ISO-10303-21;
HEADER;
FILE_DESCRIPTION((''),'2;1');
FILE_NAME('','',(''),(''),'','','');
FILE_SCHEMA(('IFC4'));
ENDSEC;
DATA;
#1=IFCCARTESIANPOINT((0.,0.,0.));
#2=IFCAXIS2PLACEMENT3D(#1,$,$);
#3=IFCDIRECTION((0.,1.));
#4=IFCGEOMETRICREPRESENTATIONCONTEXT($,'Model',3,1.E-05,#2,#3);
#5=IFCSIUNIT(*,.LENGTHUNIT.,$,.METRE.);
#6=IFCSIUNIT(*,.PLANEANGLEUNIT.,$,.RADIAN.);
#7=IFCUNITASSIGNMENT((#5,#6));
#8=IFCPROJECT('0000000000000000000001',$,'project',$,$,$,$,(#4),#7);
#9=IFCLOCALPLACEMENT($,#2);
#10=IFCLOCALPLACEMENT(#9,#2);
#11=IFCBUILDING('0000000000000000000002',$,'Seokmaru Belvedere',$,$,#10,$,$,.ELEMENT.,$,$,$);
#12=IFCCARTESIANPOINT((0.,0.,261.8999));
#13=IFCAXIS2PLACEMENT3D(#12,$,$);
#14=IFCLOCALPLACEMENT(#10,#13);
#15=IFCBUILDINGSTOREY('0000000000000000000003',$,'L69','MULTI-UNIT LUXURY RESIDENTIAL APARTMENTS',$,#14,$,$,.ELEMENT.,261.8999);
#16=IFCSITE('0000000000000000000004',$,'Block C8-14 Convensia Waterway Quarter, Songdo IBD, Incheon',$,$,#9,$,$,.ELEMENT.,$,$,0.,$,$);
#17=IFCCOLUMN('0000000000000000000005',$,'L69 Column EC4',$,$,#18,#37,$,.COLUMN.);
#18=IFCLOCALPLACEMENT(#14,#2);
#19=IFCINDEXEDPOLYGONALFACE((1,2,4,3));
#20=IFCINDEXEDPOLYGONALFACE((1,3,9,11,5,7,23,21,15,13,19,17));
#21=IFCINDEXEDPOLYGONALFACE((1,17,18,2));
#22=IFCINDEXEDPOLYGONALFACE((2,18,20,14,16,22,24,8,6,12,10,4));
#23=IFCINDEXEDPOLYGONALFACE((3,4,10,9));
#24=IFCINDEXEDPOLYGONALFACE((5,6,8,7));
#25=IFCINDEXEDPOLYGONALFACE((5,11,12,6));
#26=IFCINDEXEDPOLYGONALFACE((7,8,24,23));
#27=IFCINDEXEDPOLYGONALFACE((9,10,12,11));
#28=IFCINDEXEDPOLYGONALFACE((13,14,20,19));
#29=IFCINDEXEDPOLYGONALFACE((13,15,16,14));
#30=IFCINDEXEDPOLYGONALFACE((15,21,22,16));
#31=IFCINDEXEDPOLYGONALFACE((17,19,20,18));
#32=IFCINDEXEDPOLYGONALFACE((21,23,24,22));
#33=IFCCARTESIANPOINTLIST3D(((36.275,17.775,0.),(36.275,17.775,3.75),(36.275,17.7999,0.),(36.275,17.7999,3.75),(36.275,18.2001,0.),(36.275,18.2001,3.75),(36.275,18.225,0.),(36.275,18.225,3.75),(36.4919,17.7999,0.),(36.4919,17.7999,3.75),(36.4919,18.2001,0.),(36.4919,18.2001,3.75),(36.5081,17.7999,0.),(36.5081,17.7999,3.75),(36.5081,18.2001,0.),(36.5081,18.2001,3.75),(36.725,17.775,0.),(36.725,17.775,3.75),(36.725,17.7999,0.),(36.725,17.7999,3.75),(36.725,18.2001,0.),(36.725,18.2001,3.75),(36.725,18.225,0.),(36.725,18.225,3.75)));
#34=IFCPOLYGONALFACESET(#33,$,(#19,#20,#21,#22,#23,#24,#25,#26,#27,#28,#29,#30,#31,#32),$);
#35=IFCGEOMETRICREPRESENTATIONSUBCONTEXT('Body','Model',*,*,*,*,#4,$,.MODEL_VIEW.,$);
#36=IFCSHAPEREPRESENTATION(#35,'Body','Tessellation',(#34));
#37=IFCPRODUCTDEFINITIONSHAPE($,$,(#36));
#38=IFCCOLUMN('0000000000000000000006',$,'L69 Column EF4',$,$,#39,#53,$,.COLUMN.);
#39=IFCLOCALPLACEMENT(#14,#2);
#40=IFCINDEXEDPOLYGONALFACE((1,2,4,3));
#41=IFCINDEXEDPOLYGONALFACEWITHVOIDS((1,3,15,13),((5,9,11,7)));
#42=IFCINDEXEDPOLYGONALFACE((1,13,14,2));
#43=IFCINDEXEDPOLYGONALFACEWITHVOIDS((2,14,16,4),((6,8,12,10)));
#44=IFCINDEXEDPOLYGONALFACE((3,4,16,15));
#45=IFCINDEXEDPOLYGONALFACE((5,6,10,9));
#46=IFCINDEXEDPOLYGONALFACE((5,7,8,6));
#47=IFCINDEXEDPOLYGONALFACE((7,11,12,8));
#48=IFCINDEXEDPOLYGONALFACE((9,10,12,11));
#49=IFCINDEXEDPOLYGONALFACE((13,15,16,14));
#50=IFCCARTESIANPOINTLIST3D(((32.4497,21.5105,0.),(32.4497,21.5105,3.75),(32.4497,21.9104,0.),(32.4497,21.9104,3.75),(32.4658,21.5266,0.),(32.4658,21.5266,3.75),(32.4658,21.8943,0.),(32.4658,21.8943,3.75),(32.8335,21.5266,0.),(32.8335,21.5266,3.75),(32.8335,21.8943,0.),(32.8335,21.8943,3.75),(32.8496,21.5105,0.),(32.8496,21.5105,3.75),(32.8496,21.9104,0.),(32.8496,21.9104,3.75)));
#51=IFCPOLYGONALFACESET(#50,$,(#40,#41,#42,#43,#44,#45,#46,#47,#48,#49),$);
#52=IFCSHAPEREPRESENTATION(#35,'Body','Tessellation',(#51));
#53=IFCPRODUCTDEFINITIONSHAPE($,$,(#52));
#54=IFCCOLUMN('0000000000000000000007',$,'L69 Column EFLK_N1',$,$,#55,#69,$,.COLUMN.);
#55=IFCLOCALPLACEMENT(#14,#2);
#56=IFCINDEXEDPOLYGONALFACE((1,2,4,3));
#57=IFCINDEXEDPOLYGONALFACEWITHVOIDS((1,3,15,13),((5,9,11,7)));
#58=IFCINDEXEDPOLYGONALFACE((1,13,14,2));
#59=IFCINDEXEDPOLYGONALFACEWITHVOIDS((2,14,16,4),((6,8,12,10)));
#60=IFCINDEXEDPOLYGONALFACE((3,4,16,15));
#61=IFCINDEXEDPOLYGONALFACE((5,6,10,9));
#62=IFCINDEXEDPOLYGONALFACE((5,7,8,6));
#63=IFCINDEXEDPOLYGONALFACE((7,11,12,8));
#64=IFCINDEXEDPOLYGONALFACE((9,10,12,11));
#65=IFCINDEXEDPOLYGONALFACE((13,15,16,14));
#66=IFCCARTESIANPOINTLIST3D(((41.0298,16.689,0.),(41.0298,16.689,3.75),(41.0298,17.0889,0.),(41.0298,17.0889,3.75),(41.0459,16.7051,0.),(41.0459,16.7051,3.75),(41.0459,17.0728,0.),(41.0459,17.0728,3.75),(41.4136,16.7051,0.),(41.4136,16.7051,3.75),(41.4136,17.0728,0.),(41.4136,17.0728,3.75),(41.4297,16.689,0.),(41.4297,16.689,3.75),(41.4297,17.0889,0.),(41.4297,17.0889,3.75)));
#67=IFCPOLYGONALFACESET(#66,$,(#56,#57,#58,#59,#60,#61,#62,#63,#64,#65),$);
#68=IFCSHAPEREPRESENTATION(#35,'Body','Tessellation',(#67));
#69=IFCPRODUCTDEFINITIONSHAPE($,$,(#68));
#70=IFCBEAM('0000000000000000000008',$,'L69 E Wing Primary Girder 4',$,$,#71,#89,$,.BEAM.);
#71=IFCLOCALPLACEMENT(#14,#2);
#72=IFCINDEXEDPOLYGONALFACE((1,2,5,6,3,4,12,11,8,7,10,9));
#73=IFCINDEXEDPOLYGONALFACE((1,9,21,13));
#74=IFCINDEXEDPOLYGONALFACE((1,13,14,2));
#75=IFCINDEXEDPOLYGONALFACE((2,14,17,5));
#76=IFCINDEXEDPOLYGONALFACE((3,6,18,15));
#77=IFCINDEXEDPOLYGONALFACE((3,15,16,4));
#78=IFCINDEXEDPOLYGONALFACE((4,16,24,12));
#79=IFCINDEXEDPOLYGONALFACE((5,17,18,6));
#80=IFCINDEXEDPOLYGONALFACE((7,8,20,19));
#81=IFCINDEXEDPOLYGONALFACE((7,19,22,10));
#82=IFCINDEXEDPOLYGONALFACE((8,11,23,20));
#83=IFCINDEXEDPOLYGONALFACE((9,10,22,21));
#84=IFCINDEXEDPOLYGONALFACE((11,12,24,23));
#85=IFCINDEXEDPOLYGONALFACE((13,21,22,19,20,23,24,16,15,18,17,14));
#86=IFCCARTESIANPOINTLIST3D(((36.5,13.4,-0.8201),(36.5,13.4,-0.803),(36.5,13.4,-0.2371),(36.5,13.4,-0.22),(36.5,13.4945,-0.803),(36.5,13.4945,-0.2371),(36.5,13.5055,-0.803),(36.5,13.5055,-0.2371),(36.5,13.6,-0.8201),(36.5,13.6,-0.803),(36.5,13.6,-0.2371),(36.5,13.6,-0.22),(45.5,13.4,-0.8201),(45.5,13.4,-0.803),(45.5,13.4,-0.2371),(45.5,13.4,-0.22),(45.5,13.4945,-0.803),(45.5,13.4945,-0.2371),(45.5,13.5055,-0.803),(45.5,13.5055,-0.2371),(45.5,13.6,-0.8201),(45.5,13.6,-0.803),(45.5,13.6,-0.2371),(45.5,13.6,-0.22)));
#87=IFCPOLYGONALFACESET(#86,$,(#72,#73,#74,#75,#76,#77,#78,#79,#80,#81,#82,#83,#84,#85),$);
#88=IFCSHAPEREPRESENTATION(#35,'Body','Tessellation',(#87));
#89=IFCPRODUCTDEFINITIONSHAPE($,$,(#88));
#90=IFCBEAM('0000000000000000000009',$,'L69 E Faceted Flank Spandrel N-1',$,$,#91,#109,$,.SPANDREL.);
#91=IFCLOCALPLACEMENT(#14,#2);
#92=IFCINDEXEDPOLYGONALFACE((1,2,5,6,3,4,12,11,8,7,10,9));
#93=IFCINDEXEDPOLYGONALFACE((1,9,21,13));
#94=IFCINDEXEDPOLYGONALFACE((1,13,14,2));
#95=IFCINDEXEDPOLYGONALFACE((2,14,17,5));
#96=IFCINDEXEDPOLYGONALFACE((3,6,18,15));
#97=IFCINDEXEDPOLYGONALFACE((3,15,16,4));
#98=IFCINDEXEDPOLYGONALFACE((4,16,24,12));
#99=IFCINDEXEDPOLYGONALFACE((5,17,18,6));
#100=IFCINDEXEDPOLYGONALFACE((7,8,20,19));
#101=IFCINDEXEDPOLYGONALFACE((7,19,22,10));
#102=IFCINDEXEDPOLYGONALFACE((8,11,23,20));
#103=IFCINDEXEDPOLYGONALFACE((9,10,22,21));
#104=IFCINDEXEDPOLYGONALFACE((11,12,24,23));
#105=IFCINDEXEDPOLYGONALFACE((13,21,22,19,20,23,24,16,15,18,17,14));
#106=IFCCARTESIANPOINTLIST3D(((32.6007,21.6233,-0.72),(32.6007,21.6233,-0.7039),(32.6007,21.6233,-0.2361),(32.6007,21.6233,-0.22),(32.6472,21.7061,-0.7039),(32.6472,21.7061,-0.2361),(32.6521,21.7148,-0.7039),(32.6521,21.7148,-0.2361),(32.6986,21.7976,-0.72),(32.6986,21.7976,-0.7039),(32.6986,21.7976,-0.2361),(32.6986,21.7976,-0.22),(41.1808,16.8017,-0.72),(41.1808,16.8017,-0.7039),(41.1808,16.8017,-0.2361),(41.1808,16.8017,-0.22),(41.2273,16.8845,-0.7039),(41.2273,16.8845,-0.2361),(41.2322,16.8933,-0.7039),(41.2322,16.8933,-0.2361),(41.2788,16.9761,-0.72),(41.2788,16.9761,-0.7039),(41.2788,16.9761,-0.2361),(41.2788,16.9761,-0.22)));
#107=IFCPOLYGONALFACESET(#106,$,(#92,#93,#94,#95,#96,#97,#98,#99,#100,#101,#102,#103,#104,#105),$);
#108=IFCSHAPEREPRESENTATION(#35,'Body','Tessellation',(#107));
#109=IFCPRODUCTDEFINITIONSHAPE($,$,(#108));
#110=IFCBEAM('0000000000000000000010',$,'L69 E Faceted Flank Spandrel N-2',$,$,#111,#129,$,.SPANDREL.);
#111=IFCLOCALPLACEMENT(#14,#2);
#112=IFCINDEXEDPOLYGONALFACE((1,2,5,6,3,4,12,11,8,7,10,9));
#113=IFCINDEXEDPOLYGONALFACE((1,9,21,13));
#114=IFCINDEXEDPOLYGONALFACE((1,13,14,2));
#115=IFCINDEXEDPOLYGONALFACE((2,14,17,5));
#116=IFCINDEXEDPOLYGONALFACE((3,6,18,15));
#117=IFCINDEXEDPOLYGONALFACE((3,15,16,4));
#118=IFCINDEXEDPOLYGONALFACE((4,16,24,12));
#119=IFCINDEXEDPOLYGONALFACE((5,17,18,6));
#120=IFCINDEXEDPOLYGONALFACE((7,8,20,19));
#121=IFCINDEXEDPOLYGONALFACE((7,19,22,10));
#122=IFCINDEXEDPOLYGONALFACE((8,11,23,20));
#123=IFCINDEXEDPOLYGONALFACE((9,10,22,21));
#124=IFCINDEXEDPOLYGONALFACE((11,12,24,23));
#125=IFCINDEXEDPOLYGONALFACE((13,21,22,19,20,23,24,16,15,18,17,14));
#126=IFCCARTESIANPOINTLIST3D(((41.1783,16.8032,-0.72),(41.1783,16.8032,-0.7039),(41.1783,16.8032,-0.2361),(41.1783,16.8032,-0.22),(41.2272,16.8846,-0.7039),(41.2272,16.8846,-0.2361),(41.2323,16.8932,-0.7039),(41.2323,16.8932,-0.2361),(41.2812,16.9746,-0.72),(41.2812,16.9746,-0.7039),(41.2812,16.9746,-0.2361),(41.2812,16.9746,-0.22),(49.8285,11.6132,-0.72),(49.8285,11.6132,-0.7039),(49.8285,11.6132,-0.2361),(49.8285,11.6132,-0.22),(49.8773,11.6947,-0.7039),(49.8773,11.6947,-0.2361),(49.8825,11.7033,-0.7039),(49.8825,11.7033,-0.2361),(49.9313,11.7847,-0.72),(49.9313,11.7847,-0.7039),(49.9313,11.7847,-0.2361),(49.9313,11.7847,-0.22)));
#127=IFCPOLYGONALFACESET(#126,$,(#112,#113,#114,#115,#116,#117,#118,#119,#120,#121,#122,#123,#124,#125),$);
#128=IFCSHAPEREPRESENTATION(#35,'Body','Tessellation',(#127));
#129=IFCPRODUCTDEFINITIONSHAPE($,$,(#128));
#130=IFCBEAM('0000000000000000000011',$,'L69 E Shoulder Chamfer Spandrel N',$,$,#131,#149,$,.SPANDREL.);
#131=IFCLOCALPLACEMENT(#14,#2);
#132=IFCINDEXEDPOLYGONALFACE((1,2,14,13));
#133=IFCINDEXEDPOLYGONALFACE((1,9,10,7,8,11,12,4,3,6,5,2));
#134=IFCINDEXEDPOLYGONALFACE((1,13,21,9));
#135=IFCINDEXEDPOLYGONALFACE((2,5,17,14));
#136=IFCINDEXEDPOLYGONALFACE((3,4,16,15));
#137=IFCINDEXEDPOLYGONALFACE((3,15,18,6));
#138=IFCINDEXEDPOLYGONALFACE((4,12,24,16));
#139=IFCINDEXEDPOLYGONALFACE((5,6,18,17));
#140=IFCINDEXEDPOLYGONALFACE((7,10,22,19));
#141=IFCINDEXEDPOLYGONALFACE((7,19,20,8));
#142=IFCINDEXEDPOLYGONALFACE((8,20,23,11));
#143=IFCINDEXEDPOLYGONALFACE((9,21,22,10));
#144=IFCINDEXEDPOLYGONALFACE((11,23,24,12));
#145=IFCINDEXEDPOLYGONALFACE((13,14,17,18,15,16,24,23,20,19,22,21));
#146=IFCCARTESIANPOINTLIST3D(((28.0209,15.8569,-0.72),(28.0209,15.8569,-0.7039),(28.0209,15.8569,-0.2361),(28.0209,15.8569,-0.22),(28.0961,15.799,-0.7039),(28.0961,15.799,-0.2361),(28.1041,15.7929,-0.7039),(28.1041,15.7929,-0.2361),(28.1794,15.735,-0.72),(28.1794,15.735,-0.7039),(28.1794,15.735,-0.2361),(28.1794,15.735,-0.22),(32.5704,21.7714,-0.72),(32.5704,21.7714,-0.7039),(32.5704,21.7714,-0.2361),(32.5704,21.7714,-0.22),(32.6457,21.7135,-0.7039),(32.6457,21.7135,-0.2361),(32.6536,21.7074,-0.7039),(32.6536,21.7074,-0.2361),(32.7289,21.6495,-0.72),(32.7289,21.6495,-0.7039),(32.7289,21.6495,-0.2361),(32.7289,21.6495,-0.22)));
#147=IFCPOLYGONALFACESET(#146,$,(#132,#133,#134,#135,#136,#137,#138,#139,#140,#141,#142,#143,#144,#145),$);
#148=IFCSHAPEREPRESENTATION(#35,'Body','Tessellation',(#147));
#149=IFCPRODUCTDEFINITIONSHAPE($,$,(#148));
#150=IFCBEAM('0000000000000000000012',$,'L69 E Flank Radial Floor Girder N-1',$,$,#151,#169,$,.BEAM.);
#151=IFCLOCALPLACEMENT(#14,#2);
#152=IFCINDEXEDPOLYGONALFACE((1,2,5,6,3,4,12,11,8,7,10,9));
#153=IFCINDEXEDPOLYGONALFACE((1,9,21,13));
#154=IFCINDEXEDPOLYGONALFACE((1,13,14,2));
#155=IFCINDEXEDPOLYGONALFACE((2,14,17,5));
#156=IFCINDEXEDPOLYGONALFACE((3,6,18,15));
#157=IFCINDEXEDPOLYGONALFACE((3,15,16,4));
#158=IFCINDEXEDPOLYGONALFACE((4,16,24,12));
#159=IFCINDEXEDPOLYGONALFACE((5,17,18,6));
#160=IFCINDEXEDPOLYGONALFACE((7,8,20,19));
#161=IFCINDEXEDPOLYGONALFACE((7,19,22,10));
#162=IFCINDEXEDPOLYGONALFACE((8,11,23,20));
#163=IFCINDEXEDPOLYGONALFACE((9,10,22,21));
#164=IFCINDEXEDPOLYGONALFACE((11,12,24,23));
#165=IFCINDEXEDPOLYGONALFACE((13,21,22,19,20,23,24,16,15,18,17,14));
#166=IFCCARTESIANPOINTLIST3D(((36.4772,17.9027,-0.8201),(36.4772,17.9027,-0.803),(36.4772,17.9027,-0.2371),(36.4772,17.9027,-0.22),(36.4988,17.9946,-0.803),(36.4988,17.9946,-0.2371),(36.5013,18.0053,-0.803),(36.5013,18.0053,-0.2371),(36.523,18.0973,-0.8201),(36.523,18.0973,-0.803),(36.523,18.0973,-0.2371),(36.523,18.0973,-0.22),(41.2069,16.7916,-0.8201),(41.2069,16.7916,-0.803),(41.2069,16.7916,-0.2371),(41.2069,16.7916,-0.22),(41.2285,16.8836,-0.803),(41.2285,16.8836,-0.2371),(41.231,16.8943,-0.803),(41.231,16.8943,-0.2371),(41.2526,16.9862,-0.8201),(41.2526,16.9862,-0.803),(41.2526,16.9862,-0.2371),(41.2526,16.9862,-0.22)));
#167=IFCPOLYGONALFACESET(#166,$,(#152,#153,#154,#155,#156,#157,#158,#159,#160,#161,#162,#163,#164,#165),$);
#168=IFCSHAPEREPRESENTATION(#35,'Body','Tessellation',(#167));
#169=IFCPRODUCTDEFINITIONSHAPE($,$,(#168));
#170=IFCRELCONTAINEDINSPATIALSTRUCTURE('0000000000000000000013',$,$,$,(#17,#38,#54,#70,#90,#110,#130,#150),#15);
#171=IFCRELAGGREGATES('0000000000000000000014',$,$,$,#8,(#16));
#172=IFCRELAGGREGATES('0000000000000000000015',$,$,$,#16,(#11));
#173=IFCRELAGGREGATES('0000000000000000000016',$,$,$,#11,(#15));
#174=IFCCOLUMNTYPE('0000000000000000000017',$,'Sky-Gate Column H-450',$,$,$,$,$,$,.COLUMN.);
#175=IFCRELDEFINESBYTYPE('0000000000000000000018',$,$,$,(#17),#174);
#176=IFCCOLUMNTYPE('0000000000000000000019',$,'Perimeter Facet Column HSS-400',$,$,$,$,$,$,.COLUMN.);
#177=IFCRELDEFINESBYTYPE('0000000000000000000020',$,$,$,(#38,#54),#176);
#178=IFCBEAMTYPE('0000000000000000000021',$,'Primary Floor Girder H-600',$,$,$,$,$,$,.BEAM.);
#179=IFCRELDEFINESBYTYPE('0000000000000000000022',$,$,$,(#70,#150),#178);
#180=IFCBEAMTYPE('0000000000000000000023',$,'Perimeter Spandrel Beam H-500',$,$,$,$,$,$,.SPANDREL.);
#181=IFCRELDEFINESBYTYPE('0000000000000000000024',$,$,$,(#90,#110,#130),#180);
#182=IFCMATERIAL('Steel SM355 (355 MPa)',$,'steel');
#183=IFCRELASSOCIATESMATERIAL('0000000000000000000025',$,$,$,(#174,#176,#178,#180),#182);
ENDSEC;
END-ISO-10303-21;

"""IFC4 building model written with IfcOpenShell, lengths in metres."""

from ifc_helpers import new_model, si_unit, direction, frame, origin, origin_2d, place, context, subcontext, project, spatial, hollow_rectangle, i_section, extrude, source, transform, mapped, material, material_profile, profile_set, type_object, type_shapes, element, save


model = new_model("IFC4")

# Units and contexts
model_context = context("Model", 3, precision=1e-05, world=origin(), true_north=direction((0.0, 1.0)))
body_context = subcontext(model_context, "Body", "Model", "MODEL_VIEW")
ifc_project = project(units=[si_unit("LENGTHUNIT", "METRE"), si_unit("PLANEANGLEUNIT", "RADIAN")], contexts=[model_context])

# Site, building, storey
site_placement = place(None, origin())
site = spatial("IfcSite", under=ifc_project, at=site_placement, Name="Block C8-14 Convensia Waterway Quarter, Songdo IBD, Incheon", CompositionType="ELEMENT", RefElevation=0.0)
building_placement = place(site_placement, origin())
building = spatial("IfcBuilding", under=site, at=building_placement, Name="Seokmaru Belvedere", CompositionType="ELEMENT")
storey_placement = place(building_placement, frame((0.0, 0.0, 261.8999)))
storey = spatial("IfcBuildingStorey", under=building, at=storey_placement, Name="L69", Description="MULTI-UNIT LUXURY RESIDENTIAL APARTMENTS", CompositionType="ELEMENT", Elevation=261.8999)

# Columns
ifc_material_1 = material(Name="Steel SM355 (355 MPa)", Category="steel")
ifc_material_profile_1 = material_profile(ifc_material_1, i_section(OverallWidth=0.45, OverallDepth=0.45, WebThickness=0.0161, FlangeThickness=0.0249, at=origin_2d()), Name="H-450x450x16x25")
ifc_profile_set_1 = profile_set([ifc_material_profile_1], Name="Steel SM355 (355 MPa)")
column_type_1 = type_object("IfcColumnType", Name="Sky-Gate Column H-450", PredefinedType="COLUMN", material=ifc_profile_set_1)
shared_shape_1 = source(origin(), body_context, "Body", "SweptSolid", [
    extrude(i_section(OverallWidth=0.45, OverallDepth=0.45, WebThickness=0.0161, FlangeThickness=0.0249, at=origin_2d()), origin(), (0.0, 0.0, 1.0), 3.75),
])
type_shapes(column_type_1, [shared_shape_1])
column_placement = place(storey_placement, frame((36.5, 18.0, 0.0), z_axis=(0.0, 0.0, 1.0), x_axis=(1.0, 0.0, 0.0)))
element("IfcColumn", 1, at=column_placement, inside=storey, type_object=column_type_1, Name="L69 Column EC4", PredefinedType="COLUMN", context=body_context, shape_type="MappedRepresentation", body=[
    mapped(shared_shape_1, transform((0.0, 0.0, 0.0), scale=1.0)),
])
ifc_material_profile_2 = material_profile(ifc_material_1, hollow_rectangle(XDim=0.3999, YDim=0.3999, WallThickness=0.0161, at=origin_2d()), Name="HSS-400x400x16")
ifc_profile_set_2 = profile_set([ifc_material_profile_2], Name="Steel SM355 (355 MPa)")
column_type_2 = type_object("IfcColumnType", Name="Perimeter Facet Column HSS-400", PredefinedType="COLUMN", material=ifc_profile_set_2)
shared_shape_2 = source(origin(), body_context, "Body", "SweptSolid", [
    extrude(hollow_rectangle(XDim=0.3999, YDim=0.3999, WallThickness=0.0161, at=origin_2d()), origin(), (0.0, 0.0, 1.0), 3.75),
])
type_shapes(column_type_2, [shared_shape_2])
for number, where, z_axis, x_axis, name in (
    (2, (32.6497, 21.7104, 0.0), (0.0, 0.0, 1.0), (1.0, 0.0, 0.0), "L69 Column EF4"),
    (3, (41.2297, 16.8889, 0.0), (0.0, 0.0, 1.0), (1.0, 0.0, 0.0), "L69 Column EFLK_N1"),
):
    element("IfcColumn", number, at=place(storey_placement, frame(where, z_axis=z_axis, x_axis=x_axis)), inside=storey, type_object=column_type_2, Name=name, PredefinedType="COLUMN", context=body_context, shape_type="MappedRepresentation", body=[
        mapped(shared_shape_2, transform((0.0, 0.0, 0.0), scale=1.0)),
    ])

# Beams
ifc_material_profile_3 = material_profile(ifc_material_1, i_section(OverallWidth=0.2, OverallDepth=0.6001, WebThickness=0.011, FlangeThickness=0.0171, at=origin_2d()), Name="H-600x200x11x17")
ifc_profile_set_3 = profile_set([ifc_material_profile_3], Name="Steel SM355 (355 MPa)")
beam_type_1 = type_object("IfcBeamType", Name="Primary Floor Girder H-600", PredefinedType="BEAM", material=ifc_profile_set_3)
shared_shape_3 = source(origin(), body_context, "Body", "SweptSolid", [
    extrude(i_section(OverallWidth=0.2, OverallDepth=0.6001, WebThickness=0.011, FlangeThickness=0.0171, at=origin_2d()), origin(), (0.0, 0.0, 1.0), 9.0),
])
beam_1_placement = place(storey_placement, frame((36.5, 13.5, -0.52), z_axis=(1.0, 0.0, 0.0), x_axis=(0.0, 1.0, 0.0)))
element("IfcBeam", 4, at=beam_1_placement, inside=storey, type_object=beam_type_1, Name="L69 E Wing Primary Girder 4", PredefinedType="BEAM", context=body_context, shape_type="MappedRepresentation", body=[
    mapped(shared_shape_3, transform((0.0, 0.0, 0.0), scale=1.0)),
])
ifc_material_profile_4 = material_profile(ifc_material_1, i_section(OverallWidth=0.2, OverallDepth=0.5, WebThickness=0.01, FlangeThickness=0.0161, at=origin_2d()), Name="H-500x200x10x16")
ifc_profile_set_4 = profile_set([ifc_material_profile_4], Name="Steel SM355 (355 MPa)")
beam_type_2 = type_object("IfcBeamType", Name="Perimeter Spandrel Beam H-500", PredefinedType="SPANDREL", material=ifc_profile_set_4)
shared_shape_4 = source(origin(), body_context, "Body", "SweptSolid", [
    extrude(i_section(OverallWidth=0.2, OverallDepth=0.5, WebThickness=0.01, FlangeThickness=0.0161, at=origin_2d()), origin(), (0.0, 0.0, 1.0), 9.842),
])
beam_2_placement = place(storey_placement, frame((32.6497, 21.7104, -0.47), z_axis=(0.871782, -0.489894, 0.0), x_axis=(0.489894, 0.871782, 0.0)))
element("IfcBeam", 5, at=beam_2_placement, inside=storey, type_object=beam_type_2, Name="L69 E Faceted Flank Spandrel N-1", PredefinedType="SPANDREL", context=body_context, shape_type="MappedRepresentation", body=[
    mapped(shared_shape_4, transform((0.0, 0.0, 0.0), scale=1.0)),
])
shared_shape_5 = source(origin(), body_context, "Body", "SweptSolid", [
    extrude(i_section(OverallWidth=0.2, OverallDepth=0.5, WebThickness=0.01, FlangeThickness=0.0161, at=origin_2d()), origin(), (0.0, 0.0, 1.0), 10.0876),
])
beam_3_placement = place(storey_placement, frame((41.2297, 16.8889, -0.47), z_axis=(0.857499, -0.514485, 0.0), x_axis=(0.514485, 0.857499, 0.0)))
element("IfcBeam", 6, at=beam_3_placement, inside=storey, type_object=beam_type_2, Name="L69 E Faceted Flank Spandrel N-2", PredefinedType="SPANDREL", context=body_context, shape_type="MappedRepresentation", body=[
    mapped(shared_shape_5, transform((0.0, 0.0, 0.0), scale=1.0)),
])
shared_shape_6 = source(origin(), body_context, "Body", "SweptSolid", [
    extrude(i_section(OverallWidth=0.2, OverallDepth=0.5, WebThickness=0.01, FlangeThickness=0.0161, at=origin_2d()), origin(), (0.0, 0.0, 1.0), 7.4619),
])
type_shapes(beam_type_2, [shared_shape_4, shared_shape_5, shared_shape_6])
beam_4_placement = place(storey_placement, frame((32.6497, 21.7104, -0.47), z_axis=(-0.609703, -0.79263, 0.0), x_axis=(0.79263, -0.609703, 0.0)))
element("IfcBeam", 7, at=beam_4_placement, inside=storey, type_object=beam_type_2, Name="L69 E Shoulder Chamfer Spandrel N", PredefinedType="SPANDREL", context=body_context, shape_type="MappedRepresentation", body=[
    mapped(shared_shape_6, transform((0.0, 0.0, 0.0), scale=1.0)),
])
shared_shape_7 = source(origin(), body_context, "Body", "SweptSolid", [
    extrude(i_section(OverallWidth=0.2, OverallDepth=0.6001, WebThickness=0.011, FlangeThickness=0.0171, at=origin_2d()), origin(), (0.0, 0.0, 1.0), 4.8584),
])
type_shapes(beam_type_1, [shared_shape_3, shared_shape_7])
beam_5_placement = place(storey_placement, frame((41.2297, 16.8889, -0.52), z_axis=(-0.973499, 0.228689, 0.0), x_axis=(-0.228689, -0.973499, 0.0)))
element("IfcBeam", 8, at=beam_5_placement, inside=storey, type_object=beam_type_1, Name="L69 E Flank Radial Floor Girder N-1", PredefinedType="BEAM", context=body_context, shape_type="MappedRepresentation", body=[
    mapped(shared_shape_7, transform((0.0, 0.0, 0.0), scale=1.0)),
])

save(model, "model.ifc")
